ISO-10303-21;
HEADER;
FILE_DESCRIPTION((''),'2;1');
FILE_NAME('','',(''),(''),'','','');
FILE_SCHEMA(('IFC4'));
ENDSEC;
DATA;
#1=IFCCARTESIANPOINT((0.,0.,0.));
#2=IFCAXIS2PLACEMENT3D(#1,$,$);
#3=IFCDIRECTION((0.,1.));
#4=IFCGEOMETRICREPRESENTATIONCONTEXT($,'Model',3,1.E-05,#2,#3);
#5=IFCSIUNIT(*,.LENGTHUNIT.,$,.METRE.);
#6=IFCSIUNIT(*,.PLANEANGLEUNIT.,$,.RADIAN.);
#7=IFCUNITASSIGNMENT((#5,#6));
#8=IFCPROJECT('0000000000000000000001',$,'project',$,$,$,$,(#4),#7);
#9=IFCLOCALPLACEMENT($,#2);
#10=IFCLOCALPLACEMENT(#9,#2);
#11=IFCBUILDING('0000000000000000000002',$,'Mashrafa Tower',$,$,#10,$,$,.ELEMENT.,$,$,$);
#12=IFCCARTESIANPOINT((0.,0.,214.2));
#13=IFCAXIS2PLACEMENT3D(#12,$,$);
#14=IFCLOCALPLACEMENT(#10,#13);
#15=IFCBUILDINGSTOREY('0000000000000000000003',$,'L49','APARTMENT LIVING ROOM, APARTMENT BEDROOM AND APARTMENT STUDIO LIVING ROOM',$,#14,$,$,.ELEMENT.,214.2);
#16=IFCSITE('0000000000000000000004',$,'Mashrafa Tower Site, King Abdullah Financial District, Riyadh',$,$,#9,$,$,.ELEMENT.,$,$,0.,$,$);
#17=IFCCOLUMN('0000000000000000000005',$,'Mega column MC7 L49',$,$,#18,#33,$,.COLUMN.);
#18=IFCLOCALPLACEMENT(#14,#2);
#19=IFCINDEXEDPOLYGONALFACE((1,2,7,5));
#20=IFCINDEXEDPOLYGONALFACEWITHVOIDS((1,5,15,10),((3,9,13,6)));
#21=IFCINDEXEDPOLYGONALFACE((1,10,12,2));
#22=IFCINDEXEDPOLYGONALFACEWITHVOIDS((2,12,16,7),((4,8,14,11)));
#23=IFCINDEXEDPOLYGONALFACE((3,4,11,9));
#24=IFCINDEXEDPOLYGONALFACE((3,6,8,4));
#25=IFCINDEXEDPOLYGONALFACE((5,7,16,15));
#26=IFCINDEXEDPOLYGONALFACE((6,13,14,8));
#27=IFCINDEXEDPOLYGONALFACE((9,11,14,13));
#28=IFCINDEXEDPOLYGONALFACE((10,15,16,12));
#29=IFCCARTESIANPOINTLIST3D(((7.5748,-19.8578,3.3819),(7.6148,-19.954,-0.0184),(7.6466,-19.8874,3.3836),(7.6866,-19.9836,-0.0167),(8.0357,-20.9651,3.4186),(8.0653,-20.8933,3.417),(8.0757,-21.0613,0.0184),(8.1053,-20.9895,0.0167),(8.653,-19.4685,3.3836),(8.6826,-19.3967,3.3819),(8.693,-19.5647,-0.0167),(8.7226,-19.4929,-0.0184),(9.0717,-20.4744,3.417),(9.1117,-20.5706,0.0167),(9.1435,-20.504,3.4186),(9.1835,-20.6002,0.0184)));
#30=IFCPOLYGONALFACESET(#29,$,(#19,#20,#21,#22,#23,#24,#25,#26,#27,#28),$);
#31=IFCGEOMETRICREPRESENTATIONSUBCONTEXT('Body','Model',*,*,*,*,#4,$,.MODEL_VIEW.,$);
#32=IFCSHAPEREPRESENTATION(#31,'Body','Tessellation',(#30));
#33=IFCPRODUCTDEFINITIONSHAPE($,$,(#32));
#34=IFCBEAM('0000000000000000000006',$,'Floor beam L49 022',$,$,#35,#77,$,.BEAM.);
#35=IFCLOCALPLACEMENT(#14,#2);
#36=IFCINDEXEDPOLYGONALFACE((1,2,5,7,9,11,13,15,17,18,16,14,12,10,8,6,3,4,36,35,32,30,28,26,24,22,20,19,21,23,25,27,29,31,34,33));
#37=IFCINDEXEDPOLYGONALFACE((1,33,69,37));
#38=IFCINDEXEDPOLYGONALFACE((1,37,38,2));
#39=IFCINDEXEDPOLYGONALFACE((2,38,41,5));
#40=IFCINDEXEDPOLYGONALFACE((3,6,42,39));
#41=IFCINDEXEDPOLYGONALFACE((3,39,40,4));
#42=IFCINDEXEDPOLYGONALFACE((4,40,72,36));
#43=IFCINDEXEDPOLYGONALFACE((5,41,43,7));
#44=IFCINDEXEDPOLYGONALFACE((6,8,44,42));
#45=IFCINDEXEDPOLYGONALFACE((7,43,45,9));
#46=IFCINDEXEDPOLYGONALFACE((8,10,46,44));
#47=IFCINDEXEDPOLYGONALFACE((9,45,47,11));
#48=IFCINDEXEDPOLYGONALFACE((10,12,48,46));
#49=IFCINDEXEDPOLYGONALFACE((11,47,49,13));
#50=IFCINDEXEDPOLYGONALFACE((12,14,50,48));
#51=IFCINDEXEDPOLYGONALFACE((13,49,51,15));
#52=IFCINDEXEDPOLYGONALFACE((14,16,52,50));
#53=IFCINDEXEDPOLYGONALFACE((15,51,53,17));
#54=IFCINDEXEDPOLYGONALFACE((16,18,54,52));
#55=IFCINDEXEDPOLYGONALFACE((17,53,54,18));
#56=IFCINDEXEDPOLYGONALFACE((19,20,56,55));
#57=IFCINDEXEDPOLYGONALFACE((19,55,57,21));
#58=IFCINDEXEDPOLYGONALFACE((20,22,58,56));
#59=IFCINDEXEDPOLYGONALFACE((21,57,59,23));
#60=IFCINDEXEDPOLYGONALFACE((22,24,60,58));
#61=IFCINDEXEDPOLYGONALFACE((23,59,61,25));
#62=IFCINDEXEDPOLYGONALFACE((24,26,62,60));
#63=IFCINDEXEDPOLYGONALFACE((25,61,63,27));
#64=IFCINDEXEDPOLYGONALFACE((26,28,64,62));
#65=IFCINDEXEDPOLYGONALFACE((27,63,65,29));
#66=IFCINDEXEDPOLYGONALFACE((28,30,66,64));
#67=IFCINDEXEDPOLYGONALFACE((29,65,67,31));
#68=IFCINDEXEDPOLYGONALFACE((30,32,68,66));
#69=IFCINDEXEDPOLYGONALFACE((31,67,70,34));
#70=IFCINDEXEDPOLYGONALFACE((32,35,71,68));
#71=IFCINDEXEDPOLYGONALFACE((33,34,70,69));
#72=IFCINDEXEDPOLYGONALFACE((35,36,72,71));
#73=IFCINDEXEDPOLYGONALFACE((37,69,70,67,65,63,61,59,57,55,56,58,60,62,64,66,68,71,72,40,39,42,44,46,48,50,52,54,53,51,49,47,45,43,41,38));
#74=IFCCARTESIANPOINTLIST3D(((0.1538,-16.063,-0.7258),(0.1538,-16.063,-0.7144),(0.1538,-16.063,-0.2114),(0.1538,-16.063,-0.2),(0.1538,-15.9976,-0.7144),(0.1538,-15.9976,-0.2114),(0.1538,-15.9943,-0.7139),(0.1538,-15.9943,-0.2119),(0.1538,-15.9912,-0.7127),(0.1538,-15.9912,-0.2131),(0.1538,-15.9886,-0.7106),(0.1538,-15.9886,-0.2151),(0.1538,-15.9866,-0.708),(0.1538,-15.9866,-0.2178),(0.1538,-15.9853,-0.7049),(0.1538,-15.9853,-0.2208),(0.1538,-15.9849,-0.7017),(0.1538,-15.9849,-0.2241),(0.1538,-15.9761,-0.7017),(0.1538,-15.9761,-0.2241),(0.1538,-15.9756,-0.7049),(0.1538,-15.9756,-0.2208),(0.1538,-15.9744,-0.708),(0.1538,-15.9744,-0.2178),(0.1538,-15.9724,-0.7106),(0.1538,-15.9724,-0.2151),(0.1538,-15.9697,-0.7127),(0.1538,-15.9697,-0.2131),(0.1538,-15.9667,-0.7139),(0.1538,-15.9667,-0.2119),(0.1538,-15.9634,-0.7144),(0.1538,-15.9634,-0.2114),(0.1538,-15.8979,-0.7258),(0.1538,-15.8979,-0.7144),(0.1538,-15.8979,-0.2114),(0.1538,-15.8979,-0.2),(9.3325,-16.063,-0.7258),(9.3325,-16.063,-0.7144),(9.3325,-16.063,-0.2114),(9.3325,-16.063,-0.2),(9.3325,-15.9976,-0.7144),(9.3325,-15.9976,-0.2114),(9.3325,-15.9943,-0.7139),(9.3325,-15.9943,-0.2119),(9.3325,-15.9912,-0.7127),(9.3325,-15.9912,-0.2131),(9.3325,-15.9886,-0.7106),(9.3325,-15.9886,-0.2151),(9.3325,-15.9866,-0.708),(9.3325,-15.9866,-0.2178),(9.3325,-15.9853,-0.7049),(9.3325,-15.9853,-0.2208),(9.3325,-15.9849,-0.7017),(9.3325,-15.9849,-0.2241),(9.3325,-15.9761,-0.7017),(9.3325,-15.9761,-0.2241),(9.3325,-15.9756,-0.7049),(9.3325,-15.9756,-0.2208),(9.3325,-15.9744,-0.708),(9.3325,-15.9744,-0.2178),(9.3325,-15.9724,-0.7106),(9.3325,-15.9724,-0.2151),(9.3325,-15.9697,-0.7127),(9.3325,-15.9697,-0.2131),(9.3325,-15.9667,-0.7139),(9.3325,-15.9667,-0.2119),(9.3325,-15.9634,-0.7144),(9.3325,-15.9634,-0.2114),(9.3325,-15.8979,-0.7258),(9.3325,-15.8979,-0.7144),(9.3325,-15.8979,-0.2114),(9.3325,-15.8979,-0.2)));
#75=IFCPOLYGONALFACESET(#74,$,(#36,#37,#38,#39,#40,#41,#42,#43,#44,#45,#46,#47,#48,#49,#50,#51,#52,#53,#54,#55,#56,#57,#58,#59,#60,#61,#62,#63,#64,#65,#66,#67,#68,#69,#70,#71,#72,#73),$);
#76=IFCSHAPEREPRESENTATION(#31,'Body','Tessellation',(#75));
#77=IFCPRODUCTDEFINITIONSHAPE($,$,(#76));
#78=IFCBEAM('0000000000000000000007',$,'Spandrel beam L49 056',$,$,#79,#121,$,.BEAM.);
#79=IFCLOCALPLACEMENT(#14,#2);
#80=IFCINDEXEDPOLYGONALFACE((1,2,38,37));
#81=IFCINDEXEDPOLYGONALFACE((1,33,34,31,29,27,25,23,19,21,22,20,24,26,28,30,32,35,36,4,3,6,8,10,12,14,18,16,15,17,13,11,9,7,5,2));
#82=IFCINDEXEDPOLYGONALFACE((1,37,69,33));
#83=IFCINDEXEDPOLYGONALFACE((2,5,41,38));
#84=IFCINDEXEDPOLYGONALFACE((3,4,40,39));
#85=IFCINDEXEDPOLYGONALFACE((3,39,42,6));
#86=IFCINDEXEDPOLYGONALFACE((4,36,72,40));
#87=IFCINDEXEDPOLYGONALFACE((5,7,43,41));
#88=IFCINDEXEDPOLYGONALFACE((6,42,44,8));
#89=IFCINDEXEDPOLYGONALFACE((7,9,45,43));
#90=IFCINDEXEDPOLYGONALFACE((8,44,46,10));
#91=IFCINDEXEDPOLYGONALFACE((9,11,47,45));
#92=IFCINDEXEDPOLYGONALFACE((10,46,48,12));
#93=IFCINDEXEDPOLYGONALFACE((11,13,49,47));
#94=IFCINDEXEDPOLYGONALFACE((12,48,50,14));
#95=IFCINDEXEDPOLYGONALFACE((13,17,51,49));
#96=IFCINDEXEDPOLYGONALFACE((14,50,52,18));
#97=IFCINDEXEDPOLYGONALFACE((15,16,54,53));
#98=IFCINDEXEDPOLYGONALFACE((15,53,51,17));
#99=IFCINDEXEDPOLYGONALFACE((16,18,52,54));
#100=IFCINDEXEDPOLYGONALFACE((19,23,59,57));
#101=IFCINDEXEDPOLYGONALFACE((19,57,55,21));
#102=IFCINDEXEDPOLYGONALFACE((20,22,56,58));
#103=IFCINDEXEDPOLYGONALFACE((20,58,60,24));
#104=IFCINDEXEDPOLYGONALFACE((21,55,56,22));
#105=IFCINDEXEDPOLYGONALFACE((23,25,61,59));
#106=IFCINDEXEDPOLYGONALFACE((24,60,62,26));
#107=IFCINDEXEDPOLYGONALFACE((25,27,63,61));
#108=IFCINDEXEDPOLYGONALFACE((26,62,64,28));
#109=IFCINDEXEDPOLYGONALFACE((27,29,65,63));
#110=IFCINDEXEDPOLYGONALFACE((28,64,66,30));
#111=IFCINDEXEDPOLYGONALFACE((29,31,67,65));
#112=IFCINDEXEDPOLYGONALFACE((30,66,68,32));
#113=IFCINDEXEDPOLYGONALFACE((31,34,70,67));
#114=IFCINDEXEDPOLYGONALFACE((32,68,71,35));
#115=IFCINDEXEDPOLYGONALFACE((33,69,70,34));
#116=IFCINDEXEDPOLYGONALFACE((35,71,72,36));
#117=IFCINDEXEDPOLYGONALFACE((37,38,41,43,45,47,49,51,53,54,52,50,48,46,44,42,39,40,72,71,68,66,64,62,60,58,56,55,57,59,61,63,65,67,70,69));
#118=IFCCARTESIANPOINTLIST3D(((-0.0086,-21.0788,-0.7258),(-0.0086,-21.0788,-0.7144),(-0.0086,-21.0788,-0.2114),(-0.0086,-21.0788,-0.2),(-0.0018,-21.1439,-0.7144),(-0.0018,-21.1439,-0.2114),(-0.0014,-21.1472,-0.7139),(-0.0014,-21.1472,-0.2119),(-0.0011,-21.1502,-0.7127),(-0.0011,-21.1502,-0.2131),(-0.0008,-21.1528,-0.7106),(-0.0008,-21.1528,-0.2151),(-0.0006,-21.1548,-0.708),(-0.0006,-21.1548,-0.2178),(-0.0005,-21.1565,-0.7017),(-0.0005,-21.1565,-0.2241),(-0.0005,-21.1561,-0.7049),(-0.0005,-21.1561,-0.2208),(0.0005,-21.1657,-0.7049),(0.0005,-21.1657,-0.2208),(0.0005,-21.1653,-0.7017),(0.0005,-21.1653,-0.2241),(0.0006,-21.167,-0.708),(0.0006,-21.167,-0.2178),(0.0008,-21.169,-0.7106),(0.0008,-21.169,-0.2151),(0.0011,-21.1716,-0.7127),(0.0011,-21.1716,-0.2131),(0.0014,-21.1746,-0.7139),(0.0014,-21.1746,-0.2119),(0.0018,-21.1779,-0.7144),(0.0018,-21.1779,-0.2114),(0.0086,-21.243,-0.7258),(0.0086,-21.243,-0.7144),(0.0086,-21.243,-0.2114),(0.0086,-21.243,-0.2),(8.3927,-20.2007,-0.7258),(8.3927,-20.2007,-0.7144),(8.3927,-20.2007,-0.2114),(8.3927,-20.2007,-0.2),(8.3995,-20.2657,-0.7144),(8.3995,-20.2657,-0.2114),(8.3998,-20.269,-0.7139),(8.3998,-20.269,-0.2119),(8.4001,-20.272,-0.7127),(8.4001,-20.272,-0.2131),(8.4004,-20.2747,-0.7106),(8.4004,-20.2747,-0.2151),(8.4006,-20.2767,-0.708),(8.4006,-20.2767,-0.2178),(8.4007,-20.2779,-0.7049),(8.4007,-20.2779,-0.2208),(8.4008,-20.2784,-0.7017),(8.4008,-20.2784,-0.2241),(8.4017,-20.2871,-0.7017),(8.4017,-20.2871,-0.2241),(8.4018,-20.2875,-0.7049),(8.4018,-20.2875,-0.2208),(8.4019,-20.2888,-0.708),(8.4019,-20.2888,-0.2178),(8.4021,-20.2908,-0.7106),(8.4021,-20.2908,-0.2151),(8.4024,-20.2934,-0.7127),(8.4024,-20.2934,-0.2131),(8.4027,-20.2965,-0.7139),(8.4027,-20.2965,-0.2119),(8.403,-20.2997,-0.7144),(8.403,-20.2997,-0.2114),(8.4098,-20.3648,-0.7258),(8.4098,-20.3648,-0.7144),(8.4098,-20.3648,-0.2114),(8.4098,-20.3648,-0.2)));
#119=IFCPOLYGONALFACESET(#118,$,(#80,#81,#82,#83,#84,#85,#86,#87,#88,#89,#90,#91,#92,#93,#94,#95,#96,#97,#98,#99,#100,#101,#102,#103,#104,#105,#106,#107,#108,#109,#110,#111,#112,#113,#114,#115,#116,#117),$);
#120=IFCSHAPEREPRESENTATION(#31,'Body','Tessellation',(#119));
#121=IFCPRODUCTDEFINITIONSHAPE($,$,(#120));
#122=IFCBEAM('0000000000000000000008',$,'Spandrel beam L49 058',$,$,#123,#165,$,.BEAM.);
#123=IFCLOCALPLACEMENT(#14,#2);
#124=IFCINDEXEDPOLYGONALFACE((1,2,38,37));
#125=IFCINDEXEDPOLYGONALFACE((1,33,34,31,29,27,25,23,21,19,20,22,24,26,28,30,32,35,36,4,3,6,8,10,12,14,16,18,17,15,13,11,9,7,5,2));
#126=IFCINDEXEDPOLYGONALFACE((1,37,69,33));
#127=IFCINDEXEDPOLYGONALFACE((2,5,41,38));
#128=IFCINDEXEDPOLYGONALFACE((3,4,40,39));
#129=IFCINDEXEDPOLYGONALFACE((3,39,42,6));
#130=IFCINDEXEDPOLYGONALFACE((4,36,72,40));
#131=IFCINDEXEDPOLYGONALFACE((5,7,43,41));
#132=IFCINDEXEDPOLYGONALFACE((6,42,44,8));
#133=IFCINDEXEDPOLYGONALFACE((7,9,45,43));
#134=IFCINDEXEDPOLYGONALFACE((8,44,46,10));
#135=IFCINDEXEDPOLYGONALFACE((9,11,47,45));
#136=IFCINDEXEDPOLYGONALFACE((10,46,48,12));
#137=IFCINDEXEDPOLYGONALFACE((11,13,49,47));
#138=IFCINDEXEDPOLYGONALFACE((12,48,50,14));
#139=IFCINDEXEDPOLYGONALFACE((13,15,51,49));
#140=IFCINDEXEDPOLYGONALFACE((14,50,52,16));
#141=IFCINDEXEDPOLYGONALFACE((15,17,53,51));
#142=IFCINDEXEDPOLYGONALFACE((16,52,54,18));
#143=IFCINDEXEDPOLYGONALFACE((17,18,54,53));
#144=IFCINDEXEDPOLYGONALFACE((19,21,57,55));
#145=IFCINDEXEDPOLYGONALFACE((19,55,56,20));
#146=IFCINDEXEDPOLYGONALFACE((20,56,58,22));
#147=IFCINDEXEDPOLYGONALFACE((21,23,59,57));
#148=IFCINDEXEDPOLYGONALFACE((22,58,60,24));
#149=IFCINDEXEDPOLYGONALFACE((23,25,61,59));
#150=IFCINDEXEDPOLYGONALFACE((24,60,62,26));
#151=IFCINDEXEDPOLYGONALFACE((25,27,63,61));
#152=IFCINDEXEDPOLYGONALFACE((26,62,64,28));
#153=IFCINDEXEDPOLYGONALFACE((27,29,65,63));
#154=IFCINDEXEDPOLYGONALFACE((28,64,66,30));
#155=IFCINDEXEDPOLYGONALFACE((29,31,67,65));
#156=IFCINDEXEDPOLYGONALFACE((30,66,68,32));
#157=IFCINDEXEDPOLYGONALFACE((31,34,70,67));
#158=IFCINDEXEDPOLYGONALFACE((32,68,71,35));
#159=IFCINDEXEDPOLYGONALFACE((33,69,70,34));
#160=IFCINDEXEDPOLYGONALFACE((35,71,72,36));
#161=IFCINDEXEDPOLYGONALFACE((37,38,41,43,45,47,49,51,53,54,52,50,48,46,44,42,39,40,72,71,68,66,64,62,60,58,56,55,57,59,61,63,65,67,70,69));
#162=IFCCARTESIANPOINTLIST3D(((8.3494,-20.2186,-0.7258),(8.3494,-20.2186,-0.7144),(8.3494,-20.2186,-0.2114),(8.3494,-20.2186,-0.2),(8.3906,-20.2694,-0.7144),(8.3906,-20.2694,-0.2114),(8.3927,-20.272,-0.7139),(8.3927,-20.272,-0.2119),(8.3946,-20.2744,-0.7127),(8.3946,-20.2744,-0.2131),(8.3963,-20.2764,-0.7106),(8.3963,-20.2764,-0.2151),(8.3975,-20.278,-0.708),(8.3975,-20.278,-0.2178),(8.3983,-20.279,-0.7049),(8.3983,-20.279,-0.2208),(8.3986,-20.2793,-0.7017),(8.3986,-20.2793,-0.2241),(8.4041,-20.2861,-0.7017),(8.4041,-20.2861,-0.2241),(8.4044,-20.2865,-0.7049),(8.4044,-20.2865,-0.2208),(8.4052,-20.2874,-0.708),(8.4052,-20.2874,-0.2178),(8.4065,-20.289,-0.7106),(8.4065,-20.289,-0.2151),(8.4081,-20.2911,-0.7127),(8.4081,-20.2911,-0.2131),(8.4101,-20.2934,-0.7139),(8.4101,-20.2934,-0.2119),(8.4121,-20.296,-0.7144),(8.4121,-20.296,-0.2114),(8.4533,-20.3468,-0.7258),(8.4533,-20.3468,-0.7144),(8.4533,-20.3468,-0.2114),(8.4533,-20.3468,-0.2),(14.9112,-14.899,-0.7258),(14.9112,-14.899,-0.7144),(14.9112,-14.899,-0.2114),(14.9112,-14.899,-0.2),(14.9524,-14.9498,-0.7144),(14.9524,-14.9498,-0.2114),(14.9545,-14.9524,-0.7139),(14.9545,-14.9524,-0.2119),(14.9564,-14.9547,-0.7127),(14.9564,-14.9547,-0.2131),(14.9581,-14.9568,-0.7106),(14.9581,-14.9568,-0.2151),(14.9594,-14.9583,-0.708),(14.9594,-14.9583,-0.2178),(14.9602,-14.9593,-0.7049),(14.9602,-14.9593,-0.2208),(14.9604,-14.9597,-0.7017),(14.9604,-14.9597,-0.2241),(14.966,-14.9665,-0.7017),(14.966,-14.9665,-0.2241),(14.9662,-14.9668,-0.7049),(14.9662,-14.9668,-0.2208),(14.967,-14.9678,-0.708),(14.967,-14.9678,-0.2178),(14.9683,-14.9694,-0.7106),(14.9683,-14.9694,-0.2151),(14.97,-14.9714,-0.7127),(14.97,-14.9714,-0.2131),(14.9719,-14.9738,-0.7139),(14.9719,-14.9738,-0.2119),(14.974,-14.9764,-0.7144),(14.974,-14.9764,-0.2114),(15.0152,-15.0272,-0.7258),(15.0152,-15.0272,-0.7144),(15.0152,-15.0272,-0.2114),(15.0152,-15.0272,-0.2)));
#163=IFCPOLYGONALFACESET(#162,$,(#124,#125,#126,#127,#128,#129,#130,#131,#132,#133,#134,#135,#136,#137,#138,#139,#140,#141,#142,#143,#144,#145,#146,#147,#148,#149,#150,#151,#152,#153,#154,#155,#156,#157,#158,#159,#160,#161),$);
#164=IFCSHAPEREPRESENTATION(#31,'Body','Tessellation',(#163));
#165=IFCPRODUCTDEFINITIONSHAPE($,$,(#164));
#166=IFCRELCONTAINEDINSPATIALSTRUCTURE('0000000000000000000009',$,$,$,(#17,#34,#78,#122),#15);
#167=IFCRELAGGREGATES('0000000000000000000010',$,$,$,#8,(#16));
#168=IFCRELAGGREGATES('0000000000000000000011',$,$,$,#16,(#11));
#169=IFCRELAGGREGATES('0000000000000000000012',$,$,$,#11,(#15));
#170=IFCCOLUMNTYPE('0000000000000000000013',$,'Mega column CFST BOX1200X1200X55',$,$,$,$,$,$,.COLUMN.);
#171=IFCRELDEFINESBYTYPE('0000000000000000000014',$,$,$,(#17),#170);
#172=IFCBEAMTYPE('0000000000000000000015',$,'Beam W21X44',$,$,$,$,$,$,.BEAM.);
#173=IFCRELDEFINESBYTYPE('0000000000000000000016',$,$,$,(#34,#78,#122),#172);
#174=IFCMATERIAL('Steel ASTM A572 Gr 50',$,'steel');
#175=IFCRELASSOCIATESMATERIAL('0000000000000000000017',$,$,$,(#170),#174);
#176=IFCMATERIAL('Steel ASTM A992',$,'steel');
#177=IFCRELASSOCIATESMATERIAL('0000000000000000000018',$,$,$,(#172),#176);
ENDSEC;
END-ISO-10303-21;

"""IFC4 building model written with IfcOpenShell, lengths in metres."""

from ifc_helpers import new_model, si_unit, direction, frame, origin, origin_2d, place, context, subcontext, project, spatial, hollow_rectangle, i_section, extrude, material, material_profile, profile_set, type_object, element, save


model = new_model("IFC4")

# Units and contexts
model_context = context("Model", 3, precision=1e-05, world=origin(), true_north=direction((0.0, 1.0)))
body_context = subcontext(model_context, "Body", "Model", "MODEL_VIEW")
ifc_project = project(units=[si_unit("LENGTHUNIT", "METRE"), si_unit("PLANEANGLEUNIT", "RADIAN")], contexts=[model_context])

# Site, building, storey
site_placement = place(None, origin())
site = spatial("IfcSite", under=ifc_project, at=site_placement, Name="Mashrafa Tower Site, King Abdullah Financial District, Riyadh", CompositionType="ELEMENT", RefElevation=0.0)
building_placement = place(site_placement, origin())
building = spatial("IfcBuilding", under=site, at=building_placement, Name="Mashrafa Tower", CompositionType="ELEMENT")
storey_placement = place(building_placement, frame((0.0, 0.0, 214.2)))
storey = spatial("IfcBuildingStorey", under=building, at=storey_placement, Name="L49", Description="APARTMENT LIVING ROOM, APARTMENT BEDROOM AND APARTMENT STUDIO LIVING ROOM", CompositionType="ELEMENT", Elevation=214.2)

# Column
ifc_material_1 = material(Name="Steel ASTM A572 Gr 50", Category="steel")
ifc_material_profile_1 = material_profile(ifc_material_1, hollow_rectangle(XDim=1.2, YDim=1.2, WallThickness=0.0549, at=origin_2d()), Name="BOX1200X1200X55")
ifc_profile_set_1 = profile_set([ifc_material_profile_1], Name="Steel ASTM A572 Gr 50")
column_type = type_object("IfcColumnType", Name="Mega column CFST BOX1200X1200X55", PredefinedType="COLUMN", material=ifc_profile_set_1)
column_placement = place(storey_placement, frame((8.3992, -20.2771, 0.0), z_axis=(-0.01177, 0.028277, 0.999531), x_axis=(-0.923216, -0.384283, 0.0)))
element("IfcColumn", 1, at=column_placement, inside=storey, type_object=column_type, Name="Mega column MC7 L49", PredefinedType="COLUMN", context=body_context, shape_type="SweptSolid", body=[
    extrude(hollow_rectangle(XDim=1.2, YDim=1.2, WallThickness=0.0549, at=origin_2d()), origin(), (0.0, 0.0, 1.0), 3.4019),
])

# Beams
ifc_material_2 = material(Name="Steel ASTM A992", Category="steel")
ifc_material_profile_2 = material_profile(ifc_material_2, i_section(OverallWidth=0.165, OverallDepth=0.5259, WebThickness=0.0088, FlangeThickness=0.0115, FilletRadius=0.0127, at=origin_2d()), Name="W21X44")
ifc_profile_set_2 = profile_set([ifc_material_profile_2], Name="Steel ASTM A992")
beam_type_1 = type_object("IfcBeamType", Name="Beam W21X44", PredefinedType="BEAM", material=ifc_profile_set_2)
beam_1_placement = place(storey_placement, frame((9.3325, -15.9805, -0.4629), z_axis=(-1.0, 0.0, 0.0), x_axis=(0.0, -1.0, 0.0)))
element("IfcBeam", 2, at=beam_1_placement, inside=storey, type_object=beam_type_1, Name="Floor beam L49 022", PredefinedType="BEAM", context=body_context, shape_type="SweptSolid", body=[
    extrude(i_section(OverallWidth=0.165, OverallDepth=0.5259, WebThickness=0.0088, FlangeThickness=0.0115, FilletRadius=0.0127, at=origin_2d()), origin(), (0.0, 0.0, 1.0), 9.1787),
])
beam_2_placement = place(storey_placement, frame((0.0, -21.1609, -0.4629), z_axis=(0.994581, 0.103961, 0.0), x_axis=(-0.103961, 0.994581, 0.0)))
element("IfcBeam", 3, at=beam_2_placement, inside=storey, type_object=beam_type_1, Name="Spandrel beam L49 056", PredefinedType="BEAM", context=body_context, shape_type="SweptSolid", body=[
    extrude(i_section(OverallWidth=0.165, OverallDepth=0.5259, WebThickness=0.0088, FlangeThickness=0.0115, FilletRadius=0.0127, at=origin_2d()), origin(), (0.0, 0.0, 1.0), 8.447),
])
beam_3_placement = place(storey_placement, frame((8.4014, -20.2827, -0.4629), z_axis=(0.7768, 0.629747, 0.0), x_axis=(-0.629747, 0.7768, 0.0)))
element("IfcBeam", 4, at=beam_3_placement, inside=storey, type_object=beam_type_1, Name="Spandrel beam L49 058", PredefinedType="BEAM", context=body_context, shape_type="SweptSolid", body=[
    extrude(i_section(OverallWidth=0.165, OverallDepth=0.5259, WebThickness=0.0088, FlangeThickness=0.0115, FilletRadius=0.0127, at=origin_2d()), origin(), (0.0, 0.0, 1.0), 8.4473),
])

save(model, "model.ifc")
